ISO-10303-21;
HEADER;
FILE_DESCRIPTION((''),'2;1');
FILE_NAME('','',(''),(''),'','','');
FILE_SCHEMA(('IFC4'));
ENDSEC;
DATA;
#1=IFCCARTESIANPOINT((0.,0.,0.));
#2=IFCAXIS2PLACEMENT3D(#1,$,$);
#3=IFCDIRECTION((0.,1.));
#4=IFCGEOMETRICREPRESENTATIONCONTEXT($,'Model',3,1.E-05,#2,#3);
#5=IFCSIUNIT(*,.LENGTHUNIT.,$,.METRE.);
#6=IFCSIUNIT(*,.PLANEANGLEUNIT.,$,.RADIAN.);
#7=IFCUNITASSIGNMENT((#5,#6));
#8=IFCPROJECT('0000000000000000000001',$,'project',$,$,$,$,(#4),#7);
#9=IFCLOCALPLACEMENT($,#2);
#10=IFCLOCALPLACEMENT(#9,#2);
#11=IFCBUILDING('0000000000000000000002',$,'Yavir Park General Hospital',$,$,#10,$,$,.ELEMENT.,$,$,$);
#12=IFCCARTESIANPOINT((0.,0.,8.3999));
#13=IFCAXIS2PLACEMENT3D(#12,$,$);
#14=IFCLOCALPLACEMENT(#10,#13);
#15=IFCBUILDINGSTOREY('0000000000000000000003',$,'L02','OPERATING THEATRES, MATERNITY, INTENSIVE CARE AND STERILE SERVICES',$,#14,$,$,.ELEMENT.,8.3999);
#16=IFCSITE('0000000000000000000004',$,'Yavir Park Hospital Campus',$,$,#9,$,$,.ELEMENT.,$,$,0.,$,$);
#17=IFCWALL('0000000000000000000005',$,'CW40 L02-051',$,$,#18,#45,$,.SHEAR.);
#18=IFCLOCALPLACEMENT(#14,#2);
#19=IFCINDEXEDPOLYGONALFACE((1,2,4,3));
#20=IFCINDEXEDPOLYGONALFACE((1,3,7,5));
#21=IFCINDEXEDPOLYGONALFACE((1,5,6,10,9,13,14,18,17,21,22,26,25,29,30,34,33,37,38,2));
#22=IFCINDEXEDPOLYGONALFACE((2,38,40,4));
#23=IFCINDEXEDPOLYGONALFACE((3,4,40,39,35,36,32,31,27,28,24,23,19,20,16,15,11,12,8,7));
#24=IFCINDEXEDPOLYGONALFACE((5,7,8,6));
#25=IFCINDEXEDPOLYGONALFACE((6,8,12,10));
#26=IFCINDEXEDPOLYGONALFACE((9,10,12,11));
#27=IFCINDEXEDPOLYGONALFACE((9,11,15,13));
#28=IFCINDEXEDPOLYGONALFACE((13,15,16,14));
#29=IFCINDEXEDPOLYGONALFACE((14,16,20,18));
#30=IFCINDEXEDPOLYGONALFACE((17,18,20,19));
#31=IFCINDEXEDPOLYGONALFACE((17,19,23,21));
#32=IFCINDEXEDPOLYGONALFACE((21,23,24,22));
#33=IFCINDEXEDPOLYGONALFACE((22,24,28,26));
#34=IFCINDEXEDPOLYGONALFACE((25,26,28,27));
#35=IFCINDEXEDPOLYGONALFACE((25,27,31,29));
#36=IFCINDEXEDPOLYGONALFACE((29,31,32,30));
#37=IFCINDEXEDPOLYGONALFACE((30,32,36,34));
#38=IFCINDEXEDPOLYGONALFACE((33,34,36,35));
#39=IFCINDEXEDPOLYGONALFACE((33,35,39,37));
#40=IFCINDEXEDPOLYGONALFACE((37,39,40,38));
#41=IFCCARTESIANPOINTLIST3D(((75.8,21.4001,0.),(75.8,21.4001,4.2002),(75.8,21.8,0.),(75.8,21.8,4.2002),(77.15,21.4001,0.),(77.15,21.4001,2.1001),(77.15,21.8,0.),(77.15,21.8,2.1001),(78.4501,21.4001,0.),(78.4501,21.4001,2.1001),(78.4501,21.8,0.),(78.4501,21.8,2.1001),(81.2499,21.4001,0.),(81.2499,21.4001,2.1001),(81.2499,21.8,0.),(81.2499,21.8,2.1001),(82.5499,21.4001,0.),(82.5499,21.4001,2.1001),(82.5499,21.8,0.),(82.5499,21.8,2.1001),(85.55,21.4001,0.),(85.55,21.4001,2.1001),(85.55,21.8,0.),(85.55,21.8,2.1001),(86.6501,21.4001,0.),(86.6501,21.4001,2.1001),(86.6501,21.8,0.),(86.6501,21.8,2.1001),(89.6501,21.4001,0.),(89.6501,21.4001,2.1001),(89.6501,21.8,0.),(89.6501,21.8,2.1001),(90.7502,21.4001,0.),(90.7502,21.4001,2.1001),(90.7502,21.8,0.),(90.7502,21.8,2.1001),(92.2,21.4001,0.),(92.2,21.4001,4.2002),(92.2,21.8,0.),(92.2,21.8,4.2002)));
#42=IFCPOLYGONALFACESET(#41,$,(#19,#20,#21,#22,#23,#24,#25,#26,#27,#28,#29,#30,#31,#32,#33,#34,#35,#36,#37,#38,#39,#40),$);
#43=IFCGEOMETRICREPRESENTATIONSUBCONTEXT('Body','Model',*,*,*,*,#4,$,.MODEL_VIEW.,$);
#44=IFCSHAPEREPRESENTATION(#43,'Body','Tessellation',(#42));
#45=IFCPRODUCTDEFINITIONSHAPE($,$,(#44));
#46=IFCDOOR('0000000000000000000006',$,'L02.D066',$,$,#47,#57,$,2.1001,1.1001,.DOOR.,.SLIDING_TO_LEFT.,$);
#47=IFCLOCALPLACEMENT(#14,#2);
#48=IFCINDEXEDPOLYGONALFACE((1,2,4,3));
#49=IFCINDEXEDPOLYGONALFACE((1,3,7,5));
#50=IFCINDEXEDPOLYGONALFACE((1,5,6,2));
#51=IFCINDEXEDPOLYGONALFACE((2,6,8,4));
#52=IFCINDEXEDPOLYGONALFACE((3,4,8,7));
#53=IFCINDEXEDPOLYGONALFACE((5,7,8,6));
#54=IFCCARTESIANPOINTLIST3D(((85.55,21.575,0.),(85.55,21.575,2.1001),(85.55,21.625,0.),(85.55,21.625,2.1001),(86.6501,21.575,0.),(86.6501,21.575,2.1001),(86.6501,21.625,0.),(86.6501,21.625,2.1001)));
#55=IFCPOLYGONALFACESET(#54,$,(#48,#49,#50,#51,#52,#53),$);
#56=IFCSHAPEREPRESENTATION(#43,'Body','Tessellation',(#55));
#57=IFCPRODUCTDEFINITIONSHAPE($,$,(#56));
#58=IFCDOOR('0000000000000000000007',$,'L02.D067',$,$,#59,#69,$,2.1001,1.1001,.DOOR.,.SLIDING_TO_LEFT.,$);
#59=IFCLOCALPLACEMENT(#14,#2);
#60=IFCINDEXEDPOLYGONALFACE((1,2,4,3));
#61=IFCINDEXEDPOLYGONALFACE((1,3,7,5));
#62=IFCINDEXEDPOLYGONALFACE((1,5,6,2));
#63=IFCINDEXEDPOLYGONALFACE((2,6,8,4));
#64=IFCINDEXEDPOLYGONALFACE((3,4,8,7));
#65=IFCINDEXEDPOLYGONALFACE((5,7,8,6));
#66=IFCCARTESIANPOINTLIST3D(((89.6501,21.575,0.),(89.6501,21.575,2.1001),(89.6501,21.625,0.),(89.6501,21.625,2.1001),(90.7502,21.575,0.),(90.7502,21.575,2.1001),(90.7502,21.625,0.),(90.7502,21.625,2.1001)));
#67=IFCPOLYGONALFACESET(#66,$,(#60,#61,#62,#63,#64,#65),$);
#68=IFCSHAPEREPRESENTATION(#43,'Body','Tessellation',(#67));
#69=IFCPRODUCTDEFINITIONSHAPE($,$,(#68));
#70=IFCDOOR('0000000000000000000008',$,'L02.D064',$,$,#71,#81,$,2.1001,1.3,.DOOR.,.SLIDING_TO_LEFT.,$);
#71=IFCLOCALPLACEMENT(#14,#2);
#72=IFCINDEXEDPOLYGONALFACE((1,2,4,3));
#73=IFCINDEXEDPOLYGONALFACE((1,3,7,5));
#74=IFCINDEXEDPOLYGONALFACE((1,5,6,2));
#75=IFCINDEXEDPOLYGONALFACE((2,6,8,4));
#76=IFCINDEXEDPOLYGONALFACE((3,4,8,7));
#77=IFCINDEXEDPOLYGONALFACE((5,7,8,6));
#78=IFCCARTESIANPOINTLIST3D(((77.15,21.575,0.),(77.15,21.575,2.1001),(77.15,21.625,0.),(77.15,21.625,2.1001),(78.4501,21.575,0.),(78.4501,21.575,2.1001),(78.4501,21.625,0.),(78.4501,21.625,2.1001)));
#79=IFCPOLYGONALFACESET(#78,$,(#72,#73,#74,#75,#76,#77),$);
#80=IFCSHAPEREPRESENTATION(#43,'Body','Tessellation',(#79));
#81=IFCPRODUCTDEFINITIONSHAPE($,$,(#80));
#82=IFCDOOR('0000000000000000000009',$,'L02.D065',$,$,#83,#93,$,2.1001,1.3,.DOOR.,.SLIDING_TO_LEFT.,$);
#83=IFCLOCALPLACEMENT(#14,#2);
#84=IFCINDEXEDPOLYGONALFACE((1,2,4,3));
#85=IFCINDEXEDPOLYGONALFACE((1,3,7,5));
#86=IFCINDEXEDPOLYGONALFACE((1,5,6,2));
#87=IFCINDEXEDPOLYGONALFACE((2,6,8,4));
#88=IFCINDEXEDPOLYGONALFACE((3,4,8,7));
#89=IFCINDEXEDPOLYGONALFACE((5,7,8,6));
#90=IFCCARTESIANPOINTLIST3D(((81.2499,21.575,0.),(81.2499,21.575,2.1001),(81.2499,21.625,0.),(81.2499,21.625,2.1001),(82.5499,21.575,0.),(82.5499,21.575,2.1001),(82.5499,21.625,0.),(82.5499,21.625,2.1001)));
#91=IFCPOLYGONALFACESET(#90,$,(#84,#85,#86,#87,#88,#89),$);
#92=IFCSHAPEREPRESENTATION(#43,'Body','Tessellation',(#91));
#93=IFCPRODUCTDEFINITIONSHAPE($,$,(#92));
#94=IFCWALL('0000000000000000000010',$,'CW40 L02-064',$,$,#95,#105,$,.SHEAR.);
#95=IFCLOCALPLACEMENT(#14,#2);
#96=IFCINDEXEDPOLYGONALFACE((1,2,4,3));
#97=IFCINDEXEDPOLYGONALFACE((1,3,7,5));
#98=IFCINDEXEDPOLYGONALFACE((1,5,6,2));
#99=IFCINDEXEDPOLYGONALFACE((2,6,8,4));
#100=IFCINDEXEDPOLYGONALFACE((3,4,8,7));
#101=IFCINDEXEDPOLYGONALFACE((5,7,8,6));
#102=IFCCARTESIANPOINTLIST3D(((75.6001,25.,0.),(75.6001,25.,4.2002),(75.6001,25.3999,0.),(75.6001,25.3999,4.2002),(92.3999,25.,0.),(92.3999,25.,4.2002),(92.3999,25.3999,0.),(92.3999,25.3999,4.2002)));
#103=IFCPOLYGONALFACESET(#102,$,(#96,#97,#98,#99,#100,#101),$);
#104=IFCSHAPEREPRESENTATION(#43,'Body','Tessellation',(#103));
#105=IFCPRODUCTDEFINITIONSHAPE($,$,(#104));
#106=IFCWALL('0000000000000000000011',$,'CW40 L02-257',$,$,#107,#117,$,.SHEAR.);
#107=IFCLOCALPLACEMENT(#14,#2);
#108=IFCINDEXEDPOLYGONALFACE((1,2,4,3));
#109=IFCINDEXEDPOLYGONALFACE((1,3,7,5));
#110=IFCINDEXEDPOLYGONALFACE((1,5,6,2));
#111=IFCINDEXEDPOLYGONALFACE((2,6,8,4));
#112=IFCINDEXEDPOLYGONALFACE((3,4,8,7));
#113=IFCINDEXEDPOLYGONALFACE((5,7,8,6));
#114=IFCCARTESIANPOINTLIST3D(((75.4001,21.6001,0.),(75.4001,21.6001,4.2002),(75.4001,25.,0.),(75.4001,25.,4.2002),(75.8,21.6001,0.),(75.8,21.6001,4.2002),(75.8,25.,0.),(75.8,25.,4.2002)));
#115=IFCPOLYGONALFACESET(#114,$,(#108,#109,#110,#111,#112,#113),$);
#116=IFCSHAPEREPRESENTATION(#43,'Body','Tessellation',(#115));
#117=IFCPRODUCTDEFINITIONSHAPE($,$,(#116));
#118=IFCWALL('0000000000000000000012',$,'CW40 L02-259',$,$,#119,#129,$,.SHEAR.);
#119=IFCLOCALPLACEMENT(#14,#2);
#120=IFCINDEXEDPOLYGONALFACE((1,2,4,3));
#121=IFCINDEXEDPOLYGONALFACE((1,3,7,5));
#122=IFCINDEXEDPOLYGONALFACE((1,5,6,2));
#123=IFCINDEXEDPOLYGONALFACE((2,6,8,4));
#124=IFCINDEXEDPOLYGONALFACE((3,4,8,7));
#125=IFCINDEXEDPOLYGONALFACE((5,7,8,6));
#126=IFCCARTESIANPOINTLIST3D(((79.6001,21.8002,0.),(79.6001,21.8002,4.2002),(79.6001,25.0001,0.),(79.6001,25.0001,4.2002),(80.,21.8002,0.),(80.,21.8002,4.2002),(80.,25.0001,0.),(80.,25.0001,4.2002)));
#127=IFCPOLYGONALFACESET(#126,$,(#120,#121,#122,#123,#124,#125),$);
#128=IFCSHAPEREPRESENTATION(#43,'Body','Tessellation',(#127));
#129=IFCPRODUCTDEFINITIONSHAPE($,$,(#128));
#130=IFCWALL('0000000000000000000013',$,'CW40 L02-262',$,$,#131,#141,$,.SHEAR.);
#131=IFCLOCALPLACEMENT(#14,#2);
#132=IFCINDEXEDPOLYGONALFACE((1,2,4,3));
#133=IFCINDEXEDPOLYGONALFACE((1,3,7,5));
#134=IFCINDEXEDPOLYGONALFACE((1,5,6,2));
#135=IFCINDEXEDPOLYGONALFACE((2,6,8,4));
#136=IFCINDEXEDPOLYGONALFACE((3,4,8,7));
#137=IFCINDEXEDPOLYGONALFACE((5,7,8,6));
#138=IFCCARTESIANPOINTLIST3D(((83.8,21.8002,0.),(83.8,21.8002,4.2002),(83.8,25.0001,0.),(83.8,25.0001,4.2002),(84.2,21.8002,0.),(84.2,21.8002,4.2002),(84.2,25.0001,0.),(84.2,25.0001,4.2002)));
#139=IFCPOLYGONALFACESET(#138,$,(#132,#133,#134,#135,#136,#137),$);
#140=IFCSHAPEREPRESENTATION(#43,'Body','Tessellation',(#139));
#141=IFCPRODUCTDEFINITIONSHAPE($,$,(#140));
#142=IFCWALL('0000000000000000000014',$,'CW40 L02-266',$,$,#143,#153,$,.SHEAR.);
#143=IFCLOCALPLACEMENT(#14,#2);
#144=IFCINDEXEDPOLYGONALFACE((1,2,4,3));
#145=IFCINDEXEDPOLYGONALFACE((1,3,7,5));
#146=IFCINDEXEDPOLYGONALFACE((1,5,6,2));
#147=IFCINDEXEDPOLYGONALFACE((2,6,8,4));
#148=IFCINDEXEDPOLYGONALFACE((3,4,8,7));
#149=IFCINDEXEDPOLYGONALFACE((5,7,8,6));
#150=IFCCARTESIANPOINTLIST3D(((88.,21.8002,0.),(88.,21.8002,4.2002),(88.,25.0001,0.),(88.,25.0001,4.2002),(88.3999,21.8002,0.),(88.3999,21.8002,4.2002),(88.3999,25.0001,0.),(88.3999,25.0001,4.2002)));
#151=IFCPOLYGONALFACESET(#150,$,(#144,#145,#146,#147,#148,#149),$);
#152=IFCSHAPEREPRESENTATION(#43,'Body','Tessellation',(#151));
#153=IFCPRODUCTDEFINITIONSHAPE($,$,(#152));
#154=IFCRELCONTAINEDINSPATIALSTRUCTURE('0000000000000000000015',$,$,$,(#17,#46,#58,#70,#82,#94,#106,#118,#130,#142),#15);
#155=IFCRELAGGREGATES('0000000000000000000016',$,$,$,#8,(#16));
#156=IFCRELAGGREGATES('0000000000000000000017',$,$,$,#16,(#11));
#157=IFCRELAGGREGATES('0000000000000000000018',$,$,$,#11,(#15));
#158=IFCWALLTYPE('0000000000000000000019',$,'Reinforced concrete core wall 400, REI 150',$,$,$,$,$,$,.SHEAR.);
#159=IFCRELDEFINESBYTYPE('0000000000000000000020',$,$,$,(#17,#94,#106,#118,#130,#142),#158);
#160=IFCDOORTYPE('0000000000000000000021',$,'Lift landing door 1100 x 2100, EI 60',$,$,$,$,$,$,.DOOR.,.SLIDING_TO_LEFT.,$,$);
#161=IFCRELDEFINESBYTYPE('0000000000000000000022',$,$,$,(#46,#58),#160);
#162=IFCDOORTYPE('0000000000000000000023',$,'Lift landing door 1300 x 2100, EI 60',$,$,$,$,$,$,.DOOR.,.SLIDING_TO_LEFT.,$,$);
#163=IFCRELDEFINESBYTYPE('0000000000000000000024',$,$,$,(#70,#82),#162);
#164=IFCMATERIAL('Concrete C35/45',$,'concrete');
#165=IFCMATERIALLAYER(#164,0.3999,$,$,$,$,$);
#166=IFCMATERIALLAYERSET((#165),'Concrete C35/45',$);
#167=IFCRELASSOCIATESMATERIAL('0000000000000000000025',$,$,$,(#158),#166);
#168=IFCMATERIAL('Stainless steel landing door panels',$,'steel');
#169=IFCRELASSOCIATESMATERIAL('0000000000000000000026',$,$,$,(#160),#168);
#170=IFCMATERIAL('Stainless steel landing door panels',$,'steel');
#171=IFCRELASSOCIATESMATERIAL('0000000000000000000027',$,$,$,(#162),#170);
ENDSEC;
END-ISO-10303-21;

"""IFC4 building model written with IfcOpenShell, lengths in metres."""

from ifc_helpers import new_model, si_unit, direction, frame, frame_2d, origin, place, context, subcontext, project, spatial, rectangle, extrude, material, layer, layer_set, type_object, element, fill, save


model = new_model("IFC4")

# Units and contexts
model_context = context("Model", 3, precision=1e-05, world=origin(), true_north=direction((0.0, 1.0)))
body_context = subcontext(model_context, "Body", "Model", "MODEL_VIEW")
ifc_project = project(units=[si_unit("LENGTHUNIT", "METRE"), si_unit("PLANEANGLEUNIT", "RADIAN")], contexts=[model_context])

# Site, building, storey
site_placement = place(None, origin())
site = spatial("IfcSite", under=ifc_project, at=site_placement, Name="Yavir Park Hospital Campus", CompositionType="ELEMENT", RefElevation=0.0)
building_placement = place(site_placement, origin())
building = spatial("IfcBuilding", under=site, at=building_placement, Name="Yavir Park General Hospital", CompositionType="ELEMENT")
storey_placement = place(building_placement, frame((0.0, 0.0, 8.3999)))
storey = spatial("IfcBuildingStorey", under=building, at=storey_placement, Name="L02", Description="OPERATING THEATRES, MATERNITY, INTENSIVE CARE AND STERILE SERVICES", CompositionType="ELEMENT", Elevation=8.3999)

# Wall, openings, doors
ifc_material_1 = material(Name="Concrete C35/45", Category="concrete")
ifc_layer_1 = layer(ifc_material_1, 0.3999)
ifc_layer_set_1 = layer_set([ifc_layer_1], Name="Concrete C35/45")
wall_type_1 = type_object("IfcWallType", Name="Reinforced concrete core wall 400, REI 150", PredefinedType="SHEAR", material=ifc_layer_set_1)
wall_1_placement = place(storey_placement, frame((75.8, 21.6001, 0.0), z_axis=(0.0, 0.0, 1.0), x_axis=(1.0, 0.0, 0.0)))
wall_1 = element("IfcWall", 1, at=wall_1_placement, inside=storey, type_object=wall_type_1, Name="CW40 L02-051", PredefinedType="SHEAR", context=body_context, shape_type="SweptSolid", body=[
    extrude(rectangle(XDim=16.3999, YDim=0.3999, at=frame_2d((8.2, 0.0))), origin(), (0.0, 0.0, 1.0), 4.2002),
])
opening_1_placement = place(wall_1_placement, frame((1.3501, 0.0, 0.0)))
opening_1 = element("IfcOpeningElement", 2, at=opening_1_placement, cuts=wall_1, PredefinedType="OPENING", context=body_context, shape_type="SweptSolid", body=[
    extrude(rectangle(XDim=1.3, YDim=2.1001, at=frame_2d((0.6499, 1.05))), frame((0.0, 0.21, 0.0), z_axis=(0.0, -1.0, 0.0), x_axis=(1.0, 0.0, 0.0)), (0.0, 0.0, 1.0), 0.4199),
])
opening_2_placement = place(wall_1_placement, frame((5.45, 0.0, 0.0)))
opening_2 = element("IfcOpeningElement", 3, at=opening_2_placement, cuts=wall_1, PredefinedType="OPENING", context=body_context, shape_type="SweptSolid", body=[
    extrude(rectangle(XDim=1.3, YDim=2.1001, at=frame_2d((0.6499, 1.05))), frame((0.0, 0.21, 0.0), z_axis=(0.0, -1.0, 0.0), x_axis=(1.0, 0.0, 0.0)), (0.0, 0.0, 1.0), 0.4199),
])
opening_3_placement = place(wall_1_placement, frame((9.75, 0.0, 0.0)))
opening_3 = element("IfcOpeningElement", 4, at=opening_3_placement, cuts=wall_1, PredefinedType="OPENING", context=body_context, shape_type="SweptSolid", body=[
    extrude(rectangle(XDim=1.1001, YDim=2.1001, at=frame_2d((0.55, 1.05))), frame((0.0, 0.21, 0.0), z_axis=(0.0, -1.0, 0.0), x_axis=(1.0, 0.0, 0.0)), (0.0, 0.0, 1.0), 0.4199),
])
opening_4_placement = place(wall_1_placement, frame((13.8501, 0.0, 0.0)))
opening_4 = element("IfcOpeningElement", 5, at=opening_4_placement, cuts=wall_1, PredefinedType="OPENING", context=body_context, shape_type="SweptSolid", body=[
    extrude(rectangle(XDim=1.1001, YDim=2.1001, at=frame_2d((0.55, 1.05))), frame((0.0, 0.21, 0.0), z_axis=(0.0, -1.0, 0.0), x_axis=(1.0, 0.0, 0.0)), (0.0, 0.0, 1.0), 0.4199),
])
ifc_material_2 = material(Name="Stainless steel landing door panels", Category="steel")
door_type_1 = type_object("IfcDoorType", Name="Lift landing door 1100 x 2100, EI 60", OperationType="SLIDING_TO_LEFT", PredefinedType="DOOR", material=ifc_material_2)
door_1_placement = place(opening_3_placement, origin())
door_1 = element("IfcDoor", 6, at=door_1_placement, inside=storey, type_object=door_type_1, Name="L02.D066", OperationType="SLIDING_TO_LEFT", OverallHeight=2.1001, OverallWidth=1.1001, PredefinedType="DOOR", context=body_context, shape_type="SweptSolid", body=[
    extrude(rectangle(XDim=1.1001, YDim=2.1001, at=frame_2d((0.55, 1.05))), frame((0.0, 0.0249, 0.0), z_axis=(0.0, -1.0, 0.0), x_axis=(1.0, 0.0, 0.0)), (0.0, 0.0, 1.0), 0.05),
])
fill(opening_3, door_1)
door_2_placement = place(opening_4_placement, origin())
door_2 = element("IfcDoor", 7, at=door_2_placement, inside=storey, type_object=door_type_1, Name="L02.D067", OperationType="SLIDING_TO_LEFT", OverallHeight=2.1001, OverallWidth=1.1001, PredefinedType="DOOR", context=body_context, shape_type="SweptSolid", body=[
    extrude(rectangle(XDim=1.1001, YDim=2.1001, at=frame_2d((0.55, 1.05))), frame((0.0, 0.0249, 0.0), z_axis=(0.0, -1.0, 0.0), x_axis=(1.0, 0.0, 0.0)), (0.0, 0.0, 1.0), 0.05),
])
fill(opening_4, door_2)
ifc_material_3 = material(Name="Stainless steel landing door panels", Category="steel")
door_type_2 = type_object("IfcDoorType", Name="Lift landing door 1300 x 2100, EI 60", OperationType="SLIDING_TO_LEFT", PredefinedType="DOOR", material=ifc_material_3)
door_3_placement = place(opening_1_placement, origin())
door_3 = element("IfcDoor", 8, at=door_3_placement, inside=storey, type_object=door_type_2, Name="L02.D064", OperationType="SLIDING_TO_LEFT", OverallHeight=2.1001, OverallWidth=1.3, PredefinedType="DOOR", context=body_context, shape_type="SweptSolid", body=[
    extrude(rectangle(XDim=1.3, YDim=2.1001, at=frame_2d((0.6499, 1.05))), frame((0.0, 0.0249, 0.0), z_axis=(0.0, -1.0, 0.0), x_axis=(1.0, 0.0, 0.0)), (0.0, 0.0, 1.0), 0.05),
])
fill(opening_1, door_3)
door_4_placement = place(opening_2_placement, origin())
door_4 = element("IfcDoor", 9, at=door_4_placement, inside=storey, type_object=door_type_2, Name="L02.D065", OperationType="SLIDING_TO_LEFT", OverallHeight=2.1001, OverallWidth=1.3, PredefinedType="DOOR", context=body_context, shape_type="SweptSolid", body=[
    extrude(rectangle(XDim=1.3, YDim=2.1001, at=frame_2d((0.6499, 1.05))), frame((0.0, 0.0249, 0.0), z_axis=(0.0, -1.0, 0.0), x_axis=(1.0, 0.0, 0.0)), (0.0, 0.0, 1.0), 0.05),
])
fill(opening_2, door_4)

# Walls
wall_2_placement = place(storey_placement, frame((75.6001, 25.2, 0.0), z_axis=(0.0, 0.0, 1.0), x_axis=(1.0, 0.0, 0.0)))
element("IfcWall", 10, at=wall_2_placement, inside=storey, type_object=wall_type_1, Name="CW40 L02-064", PredefinedType="SHEAR", context=body_context, shape_type="SweptSolid", body=[
    extrude(rectangle(XDim=16.7998, YDim=0.3999, at=frame_2d((8.3999, 0.0))), origin(), (0.0, 0.0, 1.0), 4.2002),
])
wall_3_placement = place(storey_placement, frame((75.6001, 21.6001, 0.0), z_axis=(0.0, 0.0, 1.0), x_axis=(0.0, 1.0, 0.0)))
element("IfcWall", 11, at=wall_3_placement, inside=storey, type_object=wall_type_1, Name="CW40 L02-257", PredefinedType="SHEAR", context=body_context, shape_type="SweptSolid", body=[
    extrude(rectangle(XDim=3.3999, YDim=0.3999, at=frame_2d((1.7, 0.0))), origin(), (0.0, 0.0, 1.0), 4.2002),
])
for number, where, z_axis, x_axis, name in (
    (12, (79.8, 21.8, 0.0), (0.0, 0.0, 1.0), (0.0, 1.0, 0.0), "CW40 L02-259"),
    (13, (84.0, 21.8, 0.0), (0.0, 0.0, 1.0), (0.0, 1.0, 0.0), "CW40 L02-262"),
    (14, (88.2, 21.8, 0.0), (0.0, 0.0, 1.0), (0.0, 1.0, 0.0), "CW40 L02-266"),
):
    element("IfcWall", number, at=place(storey_placement, frame(where, z_axis=z_axis, x_axis=x_axis)), inside=storey, type_object=wall_type_1, Name=name, PredefinedType="SHEAR", context=body_context, shape_type="SweptSolid", body=[
        extrude(rectangle(XDim=3.2, YDim=0.3999, at=frame_2d((1.6001, 0.0))), origin(), (0.0, 0.0, 1.0), 4.2002),
    ])

save(model, "model.ifc")
